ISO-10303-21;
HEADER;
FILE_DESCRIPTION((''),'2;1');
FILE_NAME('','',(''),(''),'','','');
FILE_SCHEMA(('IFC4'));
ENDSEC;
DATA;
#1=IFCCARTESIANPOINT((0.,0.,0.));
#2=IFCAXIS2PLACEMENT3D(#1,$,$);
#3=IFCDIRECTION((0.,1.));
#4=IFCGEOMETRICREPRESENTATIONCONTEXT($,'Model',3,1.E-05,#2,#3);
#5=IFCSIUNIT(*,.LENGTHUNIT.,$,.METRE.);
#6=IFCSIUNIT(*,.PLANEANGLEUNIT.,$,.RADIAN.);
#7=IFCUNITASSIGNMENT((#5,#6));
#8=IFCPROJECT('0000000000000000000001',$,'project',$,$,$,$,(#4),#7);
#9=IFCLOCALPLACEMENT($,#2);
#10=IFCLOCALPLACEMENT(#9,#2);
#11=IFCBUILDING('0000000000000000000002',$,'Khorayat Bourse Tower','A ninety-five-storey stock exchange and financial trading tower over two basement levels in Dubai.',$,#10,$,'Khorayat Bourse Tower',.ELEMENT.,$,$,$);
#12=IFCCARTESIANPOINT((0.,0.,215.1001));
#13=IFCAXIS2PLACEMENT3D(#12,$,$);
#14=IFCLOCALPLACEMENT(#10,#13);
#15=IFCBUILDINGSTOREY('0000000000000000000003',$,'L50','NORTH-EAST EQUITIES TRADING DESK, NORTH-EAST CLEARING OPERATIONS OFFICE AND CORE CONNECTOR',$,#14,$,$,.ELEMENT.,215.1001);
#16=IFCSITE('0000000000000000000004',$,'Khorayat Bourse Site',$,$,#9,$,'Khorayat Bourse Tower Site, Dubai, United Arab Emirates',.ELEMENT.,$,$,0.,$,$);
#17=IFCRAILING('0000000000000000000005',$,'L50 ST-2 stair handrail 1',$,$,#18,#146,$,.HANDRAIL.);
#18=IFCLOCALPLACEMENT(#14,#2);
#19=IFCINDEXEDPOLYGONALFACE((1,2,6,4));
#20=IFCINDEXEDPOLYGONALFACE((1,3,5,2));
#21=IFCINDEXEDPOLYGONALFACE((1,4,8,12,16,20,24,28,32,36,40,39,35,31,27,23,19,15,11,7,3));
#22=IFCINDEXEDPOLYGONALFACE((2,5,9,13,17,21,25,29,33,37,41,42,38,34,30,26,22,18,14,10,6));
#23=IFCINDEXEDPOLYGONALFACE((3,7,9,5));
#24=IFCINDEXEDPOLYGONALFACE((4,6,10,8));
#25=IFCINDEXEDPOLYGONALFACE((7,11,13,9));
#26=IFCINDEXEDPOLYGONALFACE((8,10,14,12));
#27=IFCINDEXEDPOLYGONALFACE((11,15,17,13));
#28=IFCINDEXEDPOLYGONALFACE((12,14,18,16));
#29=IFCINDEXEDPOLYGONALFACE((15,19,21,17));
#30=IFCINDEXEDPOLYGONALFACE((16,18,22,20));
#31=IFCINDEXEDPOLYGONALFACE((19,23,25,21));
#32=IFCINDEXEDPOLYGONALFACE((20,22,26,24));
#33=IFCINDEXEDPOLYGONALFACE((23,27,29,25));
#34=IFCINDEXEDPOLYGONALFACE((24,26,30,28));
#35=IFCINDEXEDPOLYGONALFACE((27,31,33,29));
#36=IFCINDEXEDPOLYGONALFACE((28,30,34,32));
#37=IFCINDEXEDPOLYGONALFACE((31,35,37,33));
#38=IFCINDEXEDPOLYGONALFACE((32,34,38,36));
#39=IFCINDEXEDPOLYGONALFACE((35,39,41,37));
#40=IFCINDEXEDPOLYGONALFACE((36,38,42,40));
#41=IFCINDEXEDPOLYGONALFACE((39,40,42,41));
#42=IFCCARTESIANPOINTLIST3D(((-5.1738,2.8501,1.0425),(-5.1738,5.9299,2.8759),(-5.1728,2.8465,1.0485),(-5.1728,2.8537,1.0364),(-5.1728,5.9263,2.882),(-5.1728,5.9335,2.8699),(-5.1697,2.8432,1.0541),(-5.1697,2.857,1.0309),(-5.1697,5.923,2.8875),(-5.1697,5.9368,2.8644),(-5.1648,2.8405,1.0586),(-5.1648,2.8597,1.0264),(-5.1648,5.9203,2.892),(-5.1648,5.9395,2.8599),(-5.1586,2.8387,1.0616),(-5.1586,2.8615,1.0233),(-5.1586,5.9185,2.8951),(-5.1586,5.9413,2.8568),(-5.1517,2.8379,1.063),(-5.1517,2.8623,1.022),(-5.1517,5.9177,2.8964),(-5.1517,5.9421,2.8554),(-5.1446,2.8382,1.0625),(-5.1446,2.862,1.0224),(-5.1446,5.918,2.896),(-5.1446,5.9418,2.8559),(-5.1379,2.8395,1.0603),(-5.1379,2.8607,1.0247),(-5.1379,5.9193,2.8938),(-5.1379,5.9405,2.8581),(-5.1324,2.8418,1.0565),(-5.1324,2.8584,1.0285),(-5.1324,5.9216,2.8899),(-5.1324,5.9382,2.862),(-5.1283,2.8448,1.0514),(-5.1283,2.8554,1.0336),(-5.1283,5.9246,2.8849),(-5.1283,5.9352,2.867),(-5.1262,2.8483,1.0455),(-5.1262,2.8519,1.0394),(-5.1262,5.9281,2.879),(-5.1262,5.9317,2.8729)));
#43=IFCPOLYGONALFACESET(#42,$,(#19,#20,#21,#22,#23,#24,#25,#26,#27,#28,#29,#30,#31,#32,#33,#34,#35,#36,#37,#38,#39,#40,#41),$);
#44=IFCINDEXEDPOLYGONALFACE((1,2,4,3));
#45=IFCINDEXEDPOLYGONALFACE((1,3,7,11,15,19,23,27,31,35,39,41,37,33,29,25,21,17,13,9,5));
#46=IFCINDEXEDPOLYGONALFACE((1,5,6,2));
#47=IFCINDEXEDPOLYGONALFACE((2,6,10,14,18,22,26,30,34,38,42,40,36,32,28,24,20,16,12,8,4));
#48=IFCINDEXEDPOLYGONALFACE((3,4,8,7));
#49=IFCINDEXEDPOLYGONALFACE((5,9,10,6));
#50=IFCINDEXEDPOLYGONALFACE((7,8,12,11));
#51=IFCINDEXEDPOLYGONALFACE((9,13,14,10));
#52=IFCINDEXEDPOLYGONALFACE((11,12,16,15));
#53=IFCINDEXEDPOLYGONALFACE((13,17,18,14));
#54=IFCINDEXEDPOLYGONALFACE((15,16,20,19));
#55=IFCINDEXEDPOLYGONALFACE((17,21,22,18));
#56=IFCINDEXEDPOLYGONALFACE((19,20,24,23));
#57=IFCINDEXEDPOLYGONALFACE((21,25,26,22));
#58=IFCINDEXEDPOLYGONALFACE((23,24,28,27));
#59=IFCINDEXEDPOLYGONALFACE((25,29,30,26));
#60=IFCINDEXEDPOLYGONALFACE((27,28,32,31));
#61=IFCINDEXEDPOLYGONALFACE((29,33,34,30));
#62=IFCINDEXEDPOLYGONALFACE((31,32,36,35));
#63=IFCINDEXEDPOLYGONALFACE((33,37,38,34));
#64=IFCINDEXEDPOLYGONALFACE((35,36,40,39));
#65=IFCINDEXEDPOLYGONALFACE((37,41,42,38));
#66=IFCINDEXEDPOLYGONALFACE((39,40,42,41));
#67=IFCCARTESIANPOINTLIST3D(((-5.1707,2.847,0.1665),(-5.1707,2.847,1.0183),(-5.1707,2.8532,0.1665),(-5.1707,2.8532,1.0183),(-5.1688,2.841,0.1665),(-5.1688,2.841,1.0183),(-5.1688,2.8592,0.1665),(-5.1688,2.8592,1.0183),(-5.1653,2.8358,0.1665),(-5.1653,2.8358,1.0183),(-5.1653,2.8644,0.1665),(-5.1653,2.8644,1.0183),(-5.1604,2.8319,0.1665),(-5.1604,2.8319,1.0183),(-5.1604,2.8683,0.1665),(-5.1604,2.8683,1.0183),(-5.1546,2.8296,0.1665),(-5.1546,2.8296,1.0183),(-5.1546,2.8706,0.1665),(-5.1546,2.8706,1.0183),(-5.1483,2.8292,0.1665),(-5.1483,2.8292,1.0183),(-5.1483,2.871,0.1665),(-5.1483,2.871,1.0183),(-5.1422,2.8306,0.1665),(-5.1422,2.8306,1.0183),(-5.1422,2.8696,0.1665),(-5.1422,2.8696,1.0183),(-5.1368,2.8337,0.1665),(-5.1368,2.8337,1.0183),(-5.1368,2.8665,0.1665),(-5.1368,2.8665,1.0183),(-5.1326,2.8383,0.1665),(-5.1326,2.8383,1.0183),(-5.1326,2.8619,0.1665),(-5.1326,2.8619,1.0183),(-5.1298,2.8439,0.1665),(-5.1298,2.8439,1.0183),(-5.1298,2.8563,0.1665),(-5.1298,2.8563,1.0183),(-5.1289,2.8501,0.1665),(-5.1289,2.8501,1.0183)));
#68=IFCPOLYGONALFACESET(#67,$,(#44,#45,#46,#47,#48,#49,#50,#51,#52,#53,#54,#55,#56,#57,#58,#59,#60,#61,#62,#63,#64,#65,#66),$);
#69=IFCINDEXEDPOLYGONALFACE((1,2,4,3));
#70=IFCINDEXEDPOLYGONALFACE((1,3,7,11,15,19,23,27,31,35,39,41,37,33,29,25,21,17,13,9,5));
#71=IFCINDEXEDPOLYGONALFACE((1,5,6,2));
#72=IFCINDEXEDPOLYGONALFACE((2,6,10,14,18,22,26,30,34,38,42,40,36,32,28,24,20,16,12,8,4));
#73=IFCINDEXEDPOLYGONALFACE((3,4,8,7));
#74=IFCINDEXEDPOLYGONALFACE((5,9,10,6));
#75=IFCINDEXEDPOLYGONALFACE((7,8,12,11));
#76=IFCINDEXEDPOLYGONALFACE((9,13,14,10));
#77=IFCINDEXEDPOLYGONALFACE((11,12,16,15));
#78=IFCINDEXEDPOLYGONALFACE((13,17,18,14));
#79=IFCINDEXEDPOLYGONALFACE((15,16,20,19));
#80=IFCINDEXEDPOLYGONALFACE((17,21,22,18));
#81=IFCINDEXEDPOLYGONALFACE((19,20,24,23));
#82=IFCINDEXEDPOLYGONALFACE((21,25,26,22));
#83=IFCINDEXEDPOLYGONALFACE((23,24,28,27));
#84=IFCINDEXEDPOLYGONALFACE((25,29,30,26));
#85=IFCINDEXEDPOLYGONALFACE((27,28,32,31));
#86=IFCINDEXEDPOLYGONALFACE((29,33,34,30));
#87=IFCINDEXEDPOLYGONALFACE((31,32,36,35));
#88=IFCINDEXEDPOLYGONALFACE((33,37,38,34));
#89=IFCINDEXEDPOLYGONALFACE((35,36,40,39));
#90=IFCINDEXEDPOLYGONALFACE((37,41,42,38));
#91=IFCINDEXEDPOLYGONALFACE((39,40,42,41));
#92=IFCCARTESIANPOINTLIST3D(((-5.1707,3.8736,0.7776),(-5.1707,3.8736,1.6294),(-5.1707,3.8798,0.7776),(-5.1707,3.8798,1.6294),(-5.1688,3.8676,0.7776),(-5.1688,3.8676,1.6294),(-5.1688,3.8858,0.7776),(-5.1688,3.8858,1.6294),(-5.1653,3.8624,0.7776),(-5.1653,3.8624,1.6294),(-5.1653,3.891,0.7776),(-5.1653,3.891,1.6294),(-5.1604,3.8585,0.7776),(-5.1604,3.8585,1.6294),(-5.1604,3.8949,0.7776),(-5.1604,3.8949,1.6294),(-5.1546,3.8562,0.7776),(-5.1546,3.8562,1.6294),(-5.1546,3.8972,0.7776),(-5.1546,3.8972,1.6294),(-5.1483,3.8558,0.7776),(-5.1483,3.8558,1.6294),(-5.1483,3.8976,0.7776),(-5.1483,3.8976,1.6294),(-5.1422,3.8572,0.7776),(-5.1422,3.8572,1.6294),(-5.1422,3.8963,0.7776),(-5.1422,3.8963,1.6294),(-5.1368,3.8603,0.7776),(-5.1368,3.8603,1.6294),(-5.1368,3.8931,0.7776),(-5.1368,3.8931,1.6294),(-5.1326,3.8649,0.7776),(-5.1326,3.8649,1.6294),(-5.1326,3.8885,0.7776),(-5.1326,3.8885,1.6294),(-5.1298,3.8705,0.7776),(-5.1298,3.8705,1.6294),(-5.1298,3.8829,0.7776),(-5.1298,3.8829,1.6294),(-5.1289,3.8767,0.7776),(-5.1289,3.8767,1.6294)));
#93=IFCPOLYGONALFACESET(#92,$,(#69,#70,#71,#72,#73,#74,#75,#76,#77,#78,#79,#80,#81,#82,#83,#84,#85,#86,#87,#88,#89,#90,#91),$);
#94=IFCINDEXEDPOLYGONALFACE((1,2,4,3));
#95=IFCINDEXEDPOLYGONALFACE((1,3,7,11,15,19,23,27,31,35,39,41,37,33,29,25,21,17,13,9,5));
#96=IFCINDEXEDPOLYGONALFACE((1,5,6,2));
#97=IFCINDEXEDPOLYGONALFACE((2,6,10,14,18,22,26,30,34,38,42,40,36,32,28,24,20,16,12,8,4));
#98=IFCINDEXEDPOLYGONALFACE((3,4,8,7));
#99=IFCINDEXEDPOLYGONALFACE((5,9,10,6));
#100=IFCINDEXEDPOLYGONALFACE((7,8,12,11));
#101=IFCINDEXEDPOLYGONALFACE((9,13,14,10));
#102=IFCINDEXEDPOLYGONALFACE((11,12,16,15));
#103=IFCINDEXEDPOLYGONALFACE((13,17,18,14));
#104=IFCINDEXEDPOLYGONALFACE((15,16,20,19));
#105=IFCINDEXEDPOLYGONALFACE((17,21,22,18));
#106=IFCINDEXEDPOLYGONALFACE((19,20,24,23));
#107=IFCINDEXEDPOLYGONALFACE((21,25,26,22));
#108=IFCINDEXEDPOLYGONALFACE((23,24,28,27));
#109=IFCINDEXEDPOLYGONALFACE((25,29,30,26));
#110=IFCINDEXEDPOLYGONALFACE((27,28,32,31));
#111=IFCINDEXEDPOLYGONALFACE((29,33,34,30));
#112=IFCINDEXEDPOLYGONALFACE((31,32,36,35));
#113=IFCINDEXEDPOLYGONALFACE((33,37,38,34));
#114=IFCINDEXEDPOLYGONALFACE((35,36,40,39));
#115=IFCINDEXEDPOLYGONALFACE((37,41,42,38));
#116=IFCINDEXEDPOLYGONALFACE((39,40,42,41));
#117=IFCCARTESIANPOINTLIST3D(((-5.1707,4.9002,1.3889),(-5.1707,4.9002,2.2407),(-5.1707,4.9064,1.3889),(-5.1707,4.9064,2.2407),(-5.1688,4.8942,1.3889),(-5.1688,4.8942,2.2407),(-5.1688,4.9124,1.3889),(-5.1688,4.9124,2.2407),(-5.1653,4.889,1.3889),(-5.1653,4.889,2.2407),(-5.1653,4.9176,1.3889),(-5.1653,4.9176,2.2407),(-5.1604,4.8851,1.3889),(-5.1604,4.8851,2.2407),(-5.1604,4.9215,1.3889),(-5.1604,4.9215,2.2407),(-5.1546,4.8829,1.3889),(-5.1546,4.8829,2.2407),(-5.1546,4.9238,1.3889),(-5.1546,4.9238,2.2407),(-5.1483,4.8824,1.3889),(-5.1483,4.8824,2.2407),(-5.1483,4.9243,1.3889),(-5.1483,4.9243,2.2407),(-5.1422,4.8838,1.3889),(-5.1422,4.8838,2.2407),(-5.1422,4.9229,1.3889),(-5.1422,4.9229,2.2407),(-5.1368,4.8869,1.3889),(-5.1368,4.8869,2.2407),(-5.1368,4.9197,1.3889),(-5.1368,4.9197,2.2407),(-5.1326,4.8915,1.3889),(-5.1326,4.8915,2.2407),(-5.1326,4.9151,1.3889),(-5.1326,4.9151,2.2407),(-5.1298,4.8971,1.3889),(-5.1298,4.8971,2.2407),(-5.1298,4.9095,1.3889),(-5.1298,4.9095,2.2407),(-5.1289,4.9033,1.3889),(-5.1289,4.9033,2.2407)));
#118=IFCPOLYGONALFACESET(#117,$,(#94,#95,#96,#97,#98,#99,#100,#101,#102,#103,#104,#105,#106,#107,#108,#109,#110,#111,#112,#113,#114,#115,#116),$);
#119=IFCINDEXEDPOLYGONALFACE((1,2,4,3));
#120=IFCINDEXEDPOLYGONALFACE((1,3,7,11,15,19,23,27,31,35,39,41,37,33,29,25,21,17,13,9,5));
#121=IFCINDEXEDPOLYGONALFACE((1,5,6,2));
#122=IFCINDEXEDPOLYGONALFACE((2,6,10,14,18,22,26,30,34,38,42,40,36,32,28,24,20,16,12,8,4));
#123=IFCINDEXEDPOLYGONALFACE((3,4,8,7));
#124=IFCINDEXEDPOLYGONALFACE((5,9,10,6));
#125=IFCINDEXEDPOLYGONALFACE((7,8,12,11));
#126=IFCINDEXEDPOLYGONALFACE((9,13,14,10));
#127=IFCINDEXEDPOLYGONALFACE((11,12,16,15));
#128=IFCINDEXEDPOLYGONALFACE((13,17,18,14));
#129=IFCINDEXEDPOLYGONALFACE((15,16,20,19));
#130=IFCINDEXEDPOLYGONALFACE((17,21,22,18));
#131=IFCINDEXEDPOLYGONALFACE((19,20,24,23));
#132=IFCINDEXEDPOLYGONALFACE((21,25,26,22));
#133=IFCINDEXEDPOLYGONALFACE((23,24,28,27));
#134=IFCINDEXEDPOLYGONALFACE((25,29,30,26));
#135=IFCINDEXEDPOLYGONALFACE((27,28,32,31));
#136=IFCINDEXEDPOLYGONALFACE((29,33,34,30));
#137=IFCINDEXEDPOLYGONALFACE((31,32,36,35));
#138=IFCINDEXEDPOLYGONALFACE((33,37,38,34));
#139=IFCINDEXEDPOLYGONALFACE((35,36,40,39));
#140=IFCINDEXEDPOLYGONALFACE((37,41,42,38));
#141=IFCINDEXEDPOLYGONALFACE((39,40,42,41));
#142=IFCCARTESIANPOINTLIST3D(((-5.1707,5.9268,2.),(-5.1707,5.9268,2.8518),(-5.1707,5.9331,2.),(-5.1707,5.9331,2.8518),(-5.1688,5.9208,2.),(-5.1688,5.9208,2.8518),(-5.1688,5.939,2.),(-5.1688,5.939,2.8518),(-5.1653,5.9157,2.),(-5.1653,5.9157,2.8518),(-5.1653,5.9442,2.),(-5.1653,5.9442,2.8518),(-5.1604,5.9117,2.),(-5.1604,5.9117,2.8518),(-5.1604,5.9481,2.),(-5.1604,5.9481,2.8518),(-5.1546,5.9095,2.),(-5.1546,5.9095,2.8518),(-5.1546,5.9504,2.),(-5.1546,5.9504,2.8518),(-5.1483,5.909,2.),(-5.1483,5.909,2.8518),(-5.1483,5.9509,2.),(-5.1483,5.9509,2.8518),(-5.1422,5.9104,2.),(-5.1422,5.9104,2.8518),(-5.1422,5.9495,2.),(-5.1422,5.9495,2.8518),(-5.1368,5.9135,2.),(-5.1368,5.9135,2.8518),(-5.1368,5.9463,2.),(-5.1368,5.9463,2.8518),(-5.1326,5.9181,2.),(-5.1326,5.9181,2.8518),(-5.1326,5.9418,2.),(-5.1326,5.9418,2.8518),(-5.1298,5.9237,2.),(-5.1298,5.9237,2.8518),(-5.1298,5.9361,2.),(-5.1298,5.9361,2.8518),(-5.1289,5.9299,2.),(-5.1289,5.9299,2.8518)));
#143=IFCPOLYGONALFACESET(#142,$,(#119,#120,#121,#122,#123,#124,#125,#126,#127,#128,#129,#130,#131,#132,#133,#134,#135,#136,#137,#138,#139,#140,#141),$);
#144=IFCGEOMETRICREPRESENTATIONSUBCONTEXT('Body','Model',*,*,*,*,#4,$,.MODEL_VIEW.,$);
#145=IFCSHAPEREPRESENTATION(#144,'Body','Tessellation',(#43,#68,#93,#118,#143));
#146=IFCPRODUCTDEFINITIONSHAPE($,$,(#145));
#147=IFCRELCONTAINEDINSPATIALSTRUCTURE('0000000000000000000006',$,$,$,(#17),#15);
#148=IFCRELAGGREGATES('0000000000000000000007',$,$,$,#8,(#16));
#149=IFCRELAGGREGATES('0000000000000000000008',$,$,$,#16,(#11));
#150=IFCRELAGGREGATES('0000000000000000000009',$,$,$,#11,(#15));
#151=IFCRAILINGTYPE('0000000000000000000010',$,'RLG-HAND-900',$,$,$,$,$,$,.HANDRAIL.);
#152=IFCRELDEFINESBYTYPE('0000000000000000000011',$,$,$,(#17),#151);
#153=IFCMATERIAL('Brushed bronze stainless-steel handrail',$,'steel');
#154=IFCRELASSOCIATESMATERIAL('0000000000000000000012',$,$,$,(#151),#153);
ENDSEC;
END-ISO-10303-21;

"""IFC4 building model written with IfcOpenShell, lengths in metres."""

from ifc_helpers import new_model, si_unit, direction, frame, origin, origin_2d, place, context, subcontext, project, spatial, circle, extrude, source, transform, mapped, material, type_object, element, save


model = new_model("IFC4")

# Units and contexts
model_context = context("Model", 3, precision=1e-05, world=origin(), true_north=direction((0.0, 1.0)))
body_context = subcontext(model_context, "Body", "Model", "MODEL_VIEW")
ifc_project = project(units=[si_unit("LENGTHUNIT", "METRE"), si_unit("PLANEANGLEUNIT", "RADIAN")], contexts=[model_context])

# Site, building, storey
site_placement = place(None, origin())
site = spatial("IfcSite", under=ifc_project, at=site_placement, Name="Khorayat Bourse Site", LongName="Khorayat Bourse Tower Site, Dubai, United Arab Emirates", CompositionType="ELEMENT", RefElevation=0.0)
building_placement = place(site_placement, origin())
building = spatial("IfcBuilding", under=site, at=building_placement, Name="Khorayat Bourse Tower", Description="A ninety-five-storey stock exchange and financial trading tower over two basement levels in Dubai.", LongName="Khorayat Bourse Tower", CompositionType="ELEMENT")
storey_placement = place(building_placement, frame((0.0, 0.0, 215.1001)))
storey = spatial("IfcBuildingStorey", under=building, at=storey_placement, Name="L50", Description="NORTH-EAST EQUITIES TRADING DESK, NORTH-EAST CLEARING OPERATIONS OFFICE AND CORE CONNECTOR", CompositionType="ELEMENT", Elevation=215.1001)

# Railing
ifc_material_1 = material(Name="Brushed bronze stainless-steel handrail", Category="steel")
railing_type_1 = type_object("IfcRailingType", Name="RLG-HAND-900", PredefinedType="HANDRAIL", material=ifc_material_1)
shared_shape_1 = source(origin(), body_context, "Body", "SweptSolid", [
    extrude(circle(Radius=0.0239, at=origin_2d()), frame((0.0, 0.0, 0.876), z_axis=(0.0, 0.859261, 0.511538), x_axis=(-1.0, 0.0, 0.0)), (0.0, 0.0, 1.0), 3.5842),
    extrude(circle(Radius=0.021, at=origin_2d()), origin(), (0.0, 0.0, 1.0), 0.8518),
    extrude(circle(Radius=0.021, at=origin_2d()), frame((0.0, 1.0266, 0.6111)), (0.0, 0.0, 1.0), 0.8518),
    extrude(circle(Radius=0.021, at=origin_2d()), frame((0.0, 2.0532, 1.2224)), (0.0, 0.0, 1.0), 0.8518),
    extrude(circle(Radius=0.021, at=origin_2d()), frame((0.0, 3.0798, 1.8335)), (0.0, 0.0, 1.0), 0.8518),
])
railing_1_placement = place(storey_placement, frame((-5.1499, 2.8501, 0.1665)))
element("IfcRailing", 1, at=railing_1_placement, inside=storey, type_object=railing_type_1, Name="L50 ST-2 stair handrail 1", PredefinedType="HANDRAIL", context=body_context, shape_type="MappedRepresentation", body=[
    mapped(shared_shape_1, transform((0.0, 0.0, 0.0), scale=1.0)),
])

save(model, "model.ifc")
